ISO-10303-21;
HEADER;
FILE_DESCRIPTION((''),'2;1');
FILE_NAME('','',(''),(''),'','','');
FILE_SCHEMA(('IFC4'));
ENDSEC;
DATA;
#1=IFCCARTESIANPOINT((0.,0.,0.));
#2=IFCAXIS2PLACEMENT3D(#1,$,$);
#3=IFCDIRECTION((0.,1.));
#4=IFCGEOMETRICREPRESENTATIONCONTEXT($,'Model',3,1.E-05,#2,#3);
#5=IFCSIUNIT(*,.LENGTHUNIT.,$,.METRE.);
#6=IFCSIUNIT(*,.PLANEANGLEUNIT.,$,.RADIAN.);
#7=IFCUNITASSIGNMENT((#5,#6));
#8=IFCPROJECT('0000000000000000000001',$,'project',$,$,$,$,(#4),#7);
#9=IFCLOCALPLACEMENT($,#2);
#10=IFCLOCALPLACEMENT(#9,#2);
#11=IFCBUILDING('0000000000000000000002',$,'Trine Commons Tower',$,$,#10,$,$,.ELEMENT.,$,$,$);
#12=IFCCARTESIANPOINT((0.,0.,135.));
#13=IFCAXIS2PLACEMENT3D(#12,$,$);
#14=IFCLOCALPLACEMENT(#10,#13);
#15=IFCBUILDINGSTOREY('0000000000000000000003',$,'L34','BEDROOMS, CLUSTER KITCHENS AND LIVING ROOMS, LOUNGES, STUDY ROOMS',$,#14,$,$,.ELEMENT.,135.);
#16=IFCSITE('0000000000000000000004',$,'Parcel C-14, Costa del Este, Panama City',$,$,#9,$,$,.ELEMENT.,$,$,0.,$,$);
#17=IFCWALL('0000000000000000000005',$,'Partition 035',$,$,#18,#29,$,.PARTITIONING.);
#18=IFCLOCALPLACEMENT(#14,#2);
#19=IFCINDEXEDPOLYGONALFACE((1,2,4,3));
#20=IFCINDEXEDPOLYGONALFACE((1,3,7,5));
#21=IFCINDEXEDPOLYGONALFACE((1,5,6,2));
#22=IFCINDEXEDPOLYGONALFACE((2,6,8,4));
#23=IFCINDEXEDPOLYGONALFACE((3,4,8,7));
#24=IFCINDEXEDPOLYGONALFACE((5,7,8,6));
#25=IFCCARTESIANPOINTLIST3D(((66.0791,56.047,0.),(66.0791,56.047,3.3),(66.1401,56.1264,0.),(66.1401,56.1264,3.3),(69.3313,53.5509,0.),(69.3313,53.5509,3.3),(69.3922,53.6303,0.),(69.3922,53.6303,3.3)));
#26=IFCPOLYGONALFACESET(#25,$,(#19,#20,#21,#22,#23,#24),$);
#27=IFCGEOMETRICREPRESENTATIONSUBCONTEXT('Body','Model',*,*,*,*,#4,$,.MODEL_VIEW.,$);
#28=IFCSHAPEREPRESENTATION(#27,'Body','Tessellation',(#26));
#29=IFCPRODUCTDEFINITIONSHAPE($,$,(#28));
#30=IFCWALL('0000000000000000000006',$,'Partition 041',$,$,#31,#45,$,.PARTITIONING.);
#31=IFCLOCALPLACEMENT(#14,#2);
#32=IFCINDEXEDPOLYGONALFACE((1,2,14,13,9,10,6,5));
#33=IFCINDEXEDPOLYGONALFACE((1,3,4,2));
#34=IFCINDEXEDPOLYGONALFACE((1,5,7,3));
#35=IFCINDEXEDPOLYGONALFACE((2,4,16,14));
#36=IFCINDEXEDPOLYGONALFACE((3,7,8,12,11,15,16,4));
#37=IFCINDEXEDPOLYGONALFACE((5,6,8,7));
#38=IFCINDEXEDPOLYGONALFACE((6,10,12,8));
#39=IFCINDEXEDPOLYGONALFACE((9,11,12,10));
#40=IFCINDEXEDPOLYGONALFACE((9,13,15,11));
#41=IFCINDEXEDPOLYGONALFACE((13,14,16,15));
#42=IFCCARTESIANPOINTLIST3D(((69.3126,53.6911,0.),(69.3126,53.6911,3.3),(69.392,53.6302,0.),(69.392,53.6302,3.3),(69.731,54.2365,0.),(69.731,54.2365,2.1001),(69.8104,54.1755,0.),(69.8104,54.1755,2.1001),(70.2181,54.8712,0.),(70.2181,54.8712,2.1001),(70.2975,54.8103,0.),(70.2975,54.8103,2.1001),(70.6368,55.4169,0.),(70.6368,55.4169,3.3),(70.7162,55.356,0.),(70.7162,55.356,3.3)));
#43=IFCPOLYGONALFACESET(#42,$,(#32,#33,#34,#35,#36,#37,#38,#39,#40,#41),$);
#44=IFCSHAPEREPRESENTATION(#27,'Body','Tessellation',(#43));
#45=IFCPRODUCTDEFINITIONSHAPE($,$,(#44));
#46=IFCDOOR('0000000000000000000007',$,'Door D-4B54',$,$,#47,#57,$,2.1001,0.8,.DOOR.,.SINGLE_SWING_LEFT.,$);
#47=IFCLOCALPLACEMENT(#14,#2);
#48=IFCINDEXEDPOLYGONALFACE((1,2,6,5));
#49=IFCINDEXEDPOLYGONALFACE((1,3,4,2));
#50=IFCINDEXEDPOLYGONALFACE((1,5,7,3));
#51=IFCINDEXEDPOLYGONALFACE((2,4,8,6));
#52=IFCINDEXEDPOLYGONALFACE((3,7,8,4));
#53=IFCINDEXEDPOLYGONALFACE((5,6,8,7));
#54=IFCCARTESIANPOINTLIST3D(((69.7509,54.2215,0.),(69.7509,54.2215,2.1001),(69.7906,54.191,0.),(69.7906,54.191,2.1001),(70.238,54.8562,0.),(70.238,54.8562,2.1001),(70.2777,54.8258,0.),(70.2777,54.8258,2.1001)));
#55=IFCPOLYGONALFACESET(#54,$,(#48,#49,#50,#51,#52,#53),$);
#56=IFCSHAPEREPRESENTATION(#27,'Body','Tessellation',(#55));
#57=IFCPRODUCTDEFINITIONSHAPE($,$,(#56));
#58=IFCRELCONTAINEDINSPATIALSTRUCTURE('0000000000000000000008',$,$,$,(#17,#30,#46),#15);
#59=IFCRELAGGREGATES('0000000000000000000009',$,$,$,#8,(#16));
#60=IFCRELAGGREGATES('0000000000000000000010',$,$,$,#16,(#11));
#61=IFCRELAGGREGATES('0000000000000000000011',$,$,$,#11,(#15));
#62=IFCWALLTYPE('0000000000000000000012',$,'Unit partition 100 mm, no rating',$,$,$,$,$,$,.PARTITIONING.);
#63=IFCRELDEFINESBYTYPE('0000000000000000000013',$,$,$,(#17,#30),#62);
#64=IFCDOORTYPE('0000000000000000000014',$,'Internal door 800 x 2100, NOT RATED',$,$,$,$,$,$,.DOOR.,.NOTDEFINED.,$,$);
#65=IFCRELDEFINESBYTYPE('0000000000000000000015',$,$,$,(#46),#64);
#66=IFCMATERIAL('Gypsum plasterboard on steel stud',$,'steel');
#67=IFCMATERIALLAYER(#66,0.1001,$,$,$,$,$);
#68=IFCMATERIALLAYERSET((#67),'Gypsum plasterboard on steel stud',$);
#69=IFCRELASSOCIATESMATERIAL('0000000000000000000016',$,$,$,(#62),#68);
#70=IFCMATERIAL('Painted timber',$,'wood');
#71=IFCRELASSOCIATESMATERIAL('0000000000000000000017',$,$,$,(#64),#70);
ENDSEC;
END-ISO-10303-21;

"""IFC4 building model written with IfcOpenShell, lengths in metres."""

from ifc_helpers import new_model, si_unit, direction, frame, frame_2d, origin, place, context, subcontext, project, spatial, rectangle, extrude, material, layer, layer_set, type_object, element, fill, save


model = new_model("IFC4")

# Units and contexts
model_context = context("Model", 3, precision=1e-05, world=origin(), true_north=direction((0.0, 1.0)))
body_context = subcontext(model_context, "Body", "Model", "MODEL_VIEW")
ifc_project = project(units=[si_unit("LENGTHUNIT", "METRE"), si_unit("PLANEANGLEUNIT", "RADIAN")], contexts=[model_context])

# Site, building, storey
site_placement = place(None, origin())
site = spatial("IfcSite", under=ifc_project, at=site_placement, Name="Parcel C-14, Costa del Este, Panama City", CompositionType="ELEMENT", RefElevation=0.0)
building_placement = place(site_placement, origin())
building = spatial("IfcBuilding", under=site, at=building_placement, Name="Trine Commons Tower", CompositionType="ELEMENT")
storey_placement = place(building_placement, frame((0.0, 0.0, 135.0)))
storey = spatial("IfcBuildingStorey", under=building, at=storey_placement, Name="L34", Description="BEDROOMS, CLUSTER KITCHENS AND LIVING ROOMS, LOUNGES, STUDY ROOMS", CompositionType="ELEMENT", Elevation=135.0)

# Shared definitions
ifc_material_1 = material(Name="Gypsum plasterboard on steel stud", Category="steel")

# Shared definitions
ifc_material_2 = material(Name="Painted timber", Category="wood")

# Shared definitions
ifc_layer_1 = layer(ifc_material_1, 0.1001)
ifc_layer_set_1 = layer_set([ifc_layer_1], Name="Gypsum plasterboard on steel stud")
wall_type_1 = type_object("IfcWallType", Name="Unit partition 100 mm, no rating", PredefinedType="PARTITIONING", material=ifc_layer_set_1)
door_type_1 = type_object("IfcDoorType", Name="Internal door 800 x 2100, NOT RATED", OperationType="NOTDEFINED", PredefinedType="DOOR", material=ifc_material_2)

# Wall
wall_1_placement = place(storey_placement, frame((66.1096, 56.0867, 0.0), z_axis=(0.0, 0.0, 1.0), x_axis=(0.793283, -0.608853, 0.0)))
element("IfcWall", 1, at=wall_1_placement, inside=storey, type_object=wall_type_1, Name="Partition 035", PredefinedType="PARTITIONING", context=body_context, shape_type="SweptSolid", body=[
    extrude(rectangle(XDim=4.0996, YDim=0.1001, at=frame_2d((2.0498, 0.0))), origin(), (0.0, 0.0, 1.0), 3.3),
])

# Wall, opening, door
wall_2_placement = place(storey_placement, frame((69.3523, 53.6606, 0.0), z_axis=(0.0, 0.0, 1.0), x_axis=(0.608745, 0.793366, 0.0)))
wall_2 = element("IfcWall", 2, at=wall_2_placement, inside=storey, type_object=wall_type_1, Name="Partition 041", PredefinedType="PARTITIONING", context=body_context, shape_type="SweptSolid", body=[
    extrude(rectangle(XDim=2.1753, YDim=0.1001, at=frame_2d((1.0876, 0.0))), origin(), (0.0, 0.0, 1.0), 3.3),
])
opening_1_placement = place(wall_2_placement, frame((0.6875, 0.0, 0.0)))
opening_1 = element("IfcOpeningElement", 3, at=opening_1_placement, cuts=wall_2, PredefinedType="OPENING", context=body_context, shape_type="SweptSolid", body=[
    extrude(rectangle(XDim=0.8, YDim=2.1001, at=frame_2d((0.3999, 1.05))), frame((0.0, 0.0601, 0.0), z_axis=(0.0, -1.0, 0.0), x_axis=(1.0, 0.0, 0.0)), (0.0, 0.0, 1.0), 0.1201),
])
door_1_placement = place(opening_1_placement, frame((0.8, 0.0, 0.0), z_axis=(0.0, 0.0, 1.0), x_axis=(-1.0, 0.0, 0.0)))
door_1 = element("IfcDoor", 4, at=door_1_placement, inside=storey, type_object=door_type_1, Name="Door D-4B54", OperationType="SINGLE_SWING_LEFT", OverallHeight=2.1001, OverallWidth=0.8, PredefinedType="DOOR", context=body_context, shape_type="SweptSolid", body=[
    extrude(rectangle(XDim=0.8, YDim=2.1001, at=frame_2d((0.3999, 1.05))), frame((0.0, 0.0249, 0.0), z_axis=(0.0, -1.0, 0.0), x_axis=(1.0, 0.0, 0.0)), (0.0, 0.0, 1.0), 0.05),
])
fill(opening_1, door_1)

save(model, "model.ifc")
